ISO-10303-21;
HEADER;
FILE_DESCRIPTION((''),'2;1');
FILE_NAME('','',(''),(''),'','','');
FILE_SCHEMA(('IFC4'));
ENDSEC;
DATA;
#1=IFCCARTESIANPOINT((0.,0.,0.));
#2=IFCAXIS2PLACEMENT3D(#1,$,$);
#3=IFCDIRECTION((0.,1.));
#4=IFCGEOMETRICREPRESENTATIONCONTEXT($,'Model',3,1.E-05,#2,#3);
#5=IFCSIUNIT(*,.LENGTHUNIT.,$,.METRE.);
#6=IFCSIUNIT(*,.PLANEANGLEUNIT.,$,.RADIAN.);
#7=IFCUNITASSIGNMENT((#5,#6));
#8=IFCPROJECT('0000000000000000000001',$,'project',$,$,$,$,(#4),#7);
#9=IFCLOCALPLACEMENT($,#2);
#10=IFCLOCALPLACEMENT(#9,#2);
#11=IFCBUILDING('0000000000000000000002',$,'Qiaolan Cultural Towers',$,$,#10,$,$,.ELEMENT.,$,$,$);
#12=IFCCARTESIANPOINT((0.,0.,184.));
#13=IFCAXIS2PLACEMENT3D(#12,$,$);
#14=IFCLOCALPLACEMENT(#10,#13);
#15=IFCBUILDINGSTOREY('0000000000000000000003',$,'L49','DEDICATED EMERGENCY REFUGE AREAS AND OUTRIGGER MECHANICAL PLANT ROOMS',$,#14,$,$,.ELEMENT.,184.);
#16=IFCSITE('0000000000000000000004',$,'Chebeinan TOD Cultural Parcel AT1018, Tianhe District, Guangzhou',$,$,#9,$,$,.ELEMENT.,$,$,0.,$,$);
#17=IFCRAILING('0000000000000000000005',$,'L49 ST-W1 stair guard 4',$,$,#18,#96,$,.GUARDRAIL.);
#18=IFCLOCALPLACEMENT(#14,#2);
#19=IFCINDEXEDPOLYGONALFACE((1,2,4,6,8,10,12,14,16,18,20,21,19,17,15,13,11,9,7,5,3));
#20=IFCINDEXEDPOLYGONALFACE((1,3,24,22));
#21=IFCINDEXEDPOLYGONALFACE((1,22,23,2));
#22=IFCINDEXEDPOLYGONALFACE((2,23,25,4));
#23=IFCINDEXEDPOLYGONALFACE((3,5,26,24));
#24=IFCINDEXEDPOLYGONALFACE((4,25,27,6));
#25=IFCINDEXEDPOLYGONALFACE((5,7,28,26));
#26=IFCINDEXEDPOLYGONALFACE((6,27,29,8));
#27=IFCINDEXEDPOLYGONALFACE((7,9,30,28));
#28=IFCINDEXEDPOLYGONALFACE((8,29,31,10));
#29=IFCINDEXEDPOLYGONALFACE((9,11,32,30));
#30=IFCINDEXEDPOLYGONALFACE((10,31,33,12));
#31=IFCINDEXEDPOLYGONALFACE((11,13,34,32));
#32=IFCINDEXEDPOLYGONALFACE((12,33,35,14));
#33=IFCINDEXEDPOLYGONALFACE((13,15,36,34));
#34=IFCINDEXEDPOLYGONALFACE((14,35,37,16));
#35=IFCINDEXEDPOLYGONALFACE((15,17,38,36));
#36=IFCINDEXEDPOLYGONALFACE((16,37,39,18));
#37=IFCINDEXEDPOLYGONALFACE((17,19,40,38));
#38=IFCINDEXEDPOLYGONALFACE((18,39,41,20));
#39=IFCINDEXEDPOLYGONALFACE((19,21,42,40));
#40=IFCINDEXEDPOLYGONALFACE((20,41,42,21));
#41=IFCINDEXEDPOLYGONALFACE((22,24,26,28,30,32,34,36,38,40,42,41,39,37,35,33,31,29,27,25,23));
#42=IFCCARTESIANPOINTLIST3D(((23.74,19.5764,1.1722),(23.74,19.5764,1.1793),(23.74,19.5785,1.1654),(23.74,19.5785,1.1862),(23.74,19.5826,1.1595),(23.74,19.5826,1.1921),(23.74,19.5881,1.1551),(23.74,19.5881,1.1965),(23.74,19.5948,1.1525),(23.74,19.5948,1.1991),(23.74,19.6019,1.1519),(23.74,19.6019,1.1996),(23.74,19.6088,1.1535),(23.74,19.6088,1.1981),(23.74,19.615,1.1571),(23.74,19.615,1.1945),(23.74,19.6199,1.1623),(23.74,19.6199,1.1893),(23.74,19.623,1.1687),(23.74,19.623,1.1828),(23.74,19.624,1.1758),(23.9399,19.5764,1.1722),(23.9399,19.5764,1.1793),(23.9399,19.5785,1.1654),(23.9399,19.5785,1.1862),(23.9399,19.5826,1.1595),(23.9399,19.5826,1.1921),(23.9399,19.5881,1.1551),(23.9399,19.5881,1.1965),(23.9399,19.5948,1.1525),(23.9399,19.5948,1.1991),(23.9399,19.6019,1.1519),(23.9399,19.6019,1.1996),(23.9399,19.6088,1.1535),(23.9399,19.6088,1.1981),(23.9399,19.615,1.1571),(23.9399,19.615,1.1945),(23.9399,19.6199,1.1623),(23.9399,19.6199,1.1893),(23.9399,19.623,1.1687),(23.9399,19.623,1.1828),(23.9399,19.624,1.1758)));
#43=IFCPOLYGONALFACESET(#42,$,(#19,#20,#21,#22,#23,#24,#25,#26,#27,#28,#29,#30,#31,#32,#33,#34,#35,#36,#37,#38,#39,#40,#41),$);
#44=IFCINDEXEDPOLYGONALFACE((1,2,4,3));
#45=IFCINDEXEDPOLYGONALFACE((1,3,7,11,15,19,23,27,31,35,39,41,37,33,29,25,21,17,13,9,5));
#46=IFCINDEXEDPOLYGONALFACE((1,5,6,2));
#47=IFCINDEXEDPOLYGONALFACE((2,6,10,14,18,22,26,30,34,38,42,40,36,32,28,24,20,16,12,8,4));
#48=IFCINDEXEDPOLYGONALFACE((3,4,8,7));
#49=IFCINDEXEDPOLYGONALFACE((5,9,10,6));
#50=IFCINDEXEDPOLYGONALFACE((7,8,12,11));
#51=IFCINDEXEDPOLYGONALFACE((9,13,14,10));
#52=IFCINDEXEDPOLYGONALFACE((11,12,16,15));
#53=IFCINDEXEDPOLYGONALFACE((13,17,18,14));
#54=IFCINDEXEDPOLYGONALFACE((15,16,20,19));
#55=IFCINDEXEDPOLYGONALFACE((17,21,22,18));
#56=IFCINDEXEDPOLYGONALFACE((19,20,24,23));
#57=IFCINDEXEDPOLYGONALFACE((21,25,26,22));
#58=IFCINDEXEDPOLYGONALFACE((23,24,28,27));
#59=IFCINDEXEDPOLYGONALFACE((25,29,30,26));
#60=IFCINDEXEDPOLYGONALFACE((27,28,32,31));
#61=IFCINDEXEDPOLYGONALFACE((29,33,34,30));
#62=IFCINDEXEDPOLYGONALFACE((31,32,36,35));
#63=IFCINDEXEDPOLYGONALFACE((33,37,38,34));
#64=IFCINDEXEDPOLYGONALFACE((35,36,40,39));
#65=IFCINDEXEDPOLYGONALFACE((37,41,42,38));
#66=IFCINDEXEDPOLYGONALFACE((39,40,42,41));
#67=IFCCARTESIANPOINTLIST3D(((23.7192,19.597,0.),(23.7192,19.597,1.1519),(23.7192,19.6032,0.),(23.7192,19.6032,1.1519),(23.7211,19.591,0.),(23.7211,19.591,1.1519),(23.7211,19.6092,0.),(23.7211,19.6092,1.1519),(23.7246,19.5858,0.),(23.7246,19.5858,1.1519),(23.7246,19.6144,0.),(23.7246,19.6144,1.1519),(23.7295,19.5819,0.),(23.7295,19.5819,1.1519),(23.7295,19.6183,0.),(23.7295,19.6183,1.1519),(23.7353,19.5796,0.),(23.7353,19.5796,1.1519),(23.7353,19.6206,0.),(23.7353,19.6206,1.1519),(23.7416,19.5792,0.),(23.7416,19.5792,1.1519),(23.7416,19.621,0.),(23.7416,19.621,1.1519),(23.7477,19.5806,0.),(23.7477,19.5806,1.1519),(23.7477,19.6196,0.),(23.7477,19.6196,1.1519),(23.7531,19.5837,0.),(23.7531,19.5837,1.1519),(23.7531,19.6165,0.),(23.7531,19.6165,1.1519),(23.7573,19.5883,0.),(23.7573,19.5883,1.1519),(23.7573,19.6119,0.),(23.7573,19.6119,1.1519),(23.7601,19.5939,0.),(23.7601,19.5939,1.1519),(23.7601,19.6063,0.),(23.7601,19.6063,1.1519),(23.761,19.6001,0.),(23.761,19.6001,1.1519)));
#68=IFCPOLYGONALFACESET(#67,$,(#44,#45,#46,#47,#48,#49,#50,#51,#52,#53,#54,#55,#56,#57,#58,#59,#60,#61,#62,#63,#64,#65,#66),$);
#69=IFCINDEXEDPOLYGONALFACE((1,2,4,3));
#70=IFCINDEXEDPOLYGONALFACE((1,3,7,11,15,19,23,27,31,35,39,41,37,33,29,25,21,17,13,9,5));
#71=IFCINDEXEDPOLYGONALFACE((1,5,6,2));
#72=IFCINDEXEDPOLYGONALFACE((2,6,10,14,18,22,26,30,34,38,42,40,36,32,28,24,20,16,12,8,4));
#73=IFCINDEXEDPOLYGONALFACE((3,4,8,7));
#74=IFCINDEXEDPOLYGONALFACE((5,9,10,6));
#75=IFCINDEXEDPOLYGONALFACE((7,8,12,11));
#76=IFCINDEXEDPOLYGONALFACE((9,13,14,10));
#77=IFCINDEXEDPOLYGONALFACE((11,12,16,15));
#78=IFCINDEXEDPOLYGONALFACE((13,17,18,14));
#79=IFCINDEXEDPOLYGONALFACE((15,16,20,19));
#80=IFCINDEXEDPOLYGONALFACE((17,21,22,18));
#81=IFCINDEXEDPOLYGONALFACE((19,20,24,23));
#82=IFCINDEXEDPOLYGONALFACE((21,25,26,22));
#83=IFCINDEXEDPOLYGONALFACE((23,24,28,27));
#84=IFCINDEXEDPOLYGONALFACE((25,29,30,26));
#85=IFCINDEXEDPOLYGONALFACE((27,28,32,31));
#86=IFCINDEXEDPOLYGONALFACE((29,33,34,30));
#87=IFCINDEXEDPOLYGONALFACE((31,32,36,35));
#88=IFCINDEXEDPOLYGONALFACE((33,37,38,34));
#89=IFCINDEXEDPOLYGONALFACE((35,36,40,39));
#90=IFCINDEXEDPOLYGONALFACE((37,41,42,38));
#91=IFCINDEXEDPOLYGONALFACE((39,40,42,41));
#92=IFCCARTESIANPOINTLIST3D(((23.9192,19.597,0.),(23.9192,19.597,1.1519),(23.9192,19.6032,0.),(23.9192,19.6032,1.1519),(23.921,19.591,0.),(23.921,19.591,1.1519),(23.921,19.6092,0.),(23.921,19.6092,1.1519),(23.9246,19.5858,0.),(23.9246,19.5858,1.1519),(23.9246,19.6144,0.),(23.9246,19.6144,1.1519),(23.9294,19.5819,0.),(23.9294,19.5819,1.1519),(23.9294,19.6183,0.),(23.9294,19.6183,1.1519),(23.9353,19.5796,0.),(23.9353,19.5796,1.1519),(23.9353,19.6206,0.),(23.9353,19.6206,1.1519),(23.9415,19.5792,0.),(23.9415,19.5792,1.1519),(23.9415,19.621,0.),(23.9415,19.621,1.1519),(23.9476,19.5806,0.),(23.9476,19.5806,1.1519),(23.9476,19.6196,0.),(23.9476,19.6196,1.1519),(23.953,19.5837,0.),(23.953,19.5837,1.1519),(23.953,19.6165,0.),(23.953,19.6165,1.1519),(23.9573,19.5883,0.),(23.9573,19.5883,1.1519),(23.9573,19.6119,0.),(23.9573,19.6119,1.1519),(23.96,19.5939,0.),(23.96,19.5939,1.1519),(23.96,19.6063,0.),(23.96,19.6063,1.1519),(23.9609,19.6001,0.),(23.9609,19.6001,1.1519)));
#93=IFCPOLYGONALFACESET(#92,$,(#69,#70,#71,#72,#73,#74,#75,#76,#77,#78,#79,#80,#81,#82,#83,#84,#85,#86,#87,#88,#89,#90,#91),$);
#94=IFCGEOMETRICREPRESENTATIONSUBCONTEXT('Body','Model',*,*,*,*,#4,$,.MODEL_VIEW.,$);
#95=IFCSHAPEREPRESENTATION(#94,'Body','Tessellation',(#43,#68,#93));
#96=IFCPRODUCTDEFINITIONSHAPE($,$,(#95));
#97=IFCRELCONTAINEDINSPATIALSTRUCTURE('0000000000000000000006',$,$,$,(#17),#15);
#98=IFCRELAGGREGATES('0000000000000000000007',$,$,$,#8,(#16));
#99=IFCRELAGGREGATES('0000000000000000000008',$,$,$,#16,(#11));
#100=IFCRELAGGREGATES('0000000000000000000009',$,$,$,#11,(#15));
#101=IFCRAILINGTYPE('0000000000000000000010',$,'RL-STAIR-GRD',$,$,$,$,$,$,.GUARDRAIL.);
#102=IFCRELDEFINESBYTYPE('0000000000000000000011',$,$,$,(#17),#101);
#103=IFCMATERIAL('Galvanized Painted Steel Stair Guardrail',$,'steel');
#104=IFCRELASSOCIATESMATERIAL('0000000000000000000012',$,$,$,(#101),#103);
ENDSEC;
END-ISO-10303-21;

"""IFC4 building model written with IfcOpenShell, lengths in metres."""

from ifc_helpers import new_model, si_unit, direction, frame, origin, origin_2d, place, context, subcontext, project, spatial, circle, extrude, material, type_object, element, save


model = new_model("IFC4")

# Units and contexts
model_context = context("Model", 3, precision=1e-05, world=origin(), true_north=direction((0.0, 1.0)))
body_context = subcontext(model_context, "Body", "Model", "MODEL_VIEW")
ifc_project = project(units=[si_unit("LENGTHUNIT", "METRE"), si_unit("PLANEANGLEUNIT", "RADIAN")], contexts=[model_context])

# Site, building, storey
site_placement = place(None, origin())
site = spatial("IfcSite", under=ifc_project, at=site_placement, Name="Chebeinan TOD Cultural Parcel AT1018, Tianhe District, Guangzhou", CompositionType="ELEMENT", RefElevation=0.0)
building_placement = place(site_placement, origin())
building = spatial("IfcBuilding", under=site, at=building_placement, Name="Qiaolan Cultural Towers", CompositionType="ELEMENT")
storey_placement = place(building_placement, frame((0.0, 0.0, 184.0)))
storey = spatial("IfcBuildingStorey", under=building, at=storey_placement, Name="L49", Description="DEDICATED EMERGENCY REFUGE AREAS AND OUTRIGGER MECHANICAL PLANT ROOMS", CompositionType="ELEMENT", Elevation=184.0)

# Railing
ifc_material_1 = material(Name="Galvanized Painted Steel Stair Guardrail", Category="steel")
railing_type = type_object("IfcRailingType", Name="RL-STAIR-GRD", PredefinedType="GUARDRAIL", material=ifc_material_1)
railing_1_placement = place(storey_placement, frame((23.74, 19.6001, 0.0)))
element("IfcRailing", 1, at=railing_1_placement, inside=storey, type_object=railing_type, Name="L49 ST-W1 stair guard 4", PredefinedType="GUARDRAIL", context=body_context, shape_type="SweptSolid", body=[
    extrude(circle(Radius=0.0239, at=origin_2d()), frame((0.0, 0.0, 1.1758), z_axis=(1.0, 0.0, 0.0), x_axis=(0.0, 1.0, 0.0)), (0.0, 0.0, 1.0), 0.2),
    extrude(circle(Radius=0.021, at=origin_2d()), origin(), (0.0, 0.0, 1.0), 1.1519),
    extrude(circle(Radius=0.021, at=origin_2d()), frame((0.2, 0.0, 0.0)), (0.0, 0.0, 1.0), 1.1519),
])

save(model, "model.ifc")
